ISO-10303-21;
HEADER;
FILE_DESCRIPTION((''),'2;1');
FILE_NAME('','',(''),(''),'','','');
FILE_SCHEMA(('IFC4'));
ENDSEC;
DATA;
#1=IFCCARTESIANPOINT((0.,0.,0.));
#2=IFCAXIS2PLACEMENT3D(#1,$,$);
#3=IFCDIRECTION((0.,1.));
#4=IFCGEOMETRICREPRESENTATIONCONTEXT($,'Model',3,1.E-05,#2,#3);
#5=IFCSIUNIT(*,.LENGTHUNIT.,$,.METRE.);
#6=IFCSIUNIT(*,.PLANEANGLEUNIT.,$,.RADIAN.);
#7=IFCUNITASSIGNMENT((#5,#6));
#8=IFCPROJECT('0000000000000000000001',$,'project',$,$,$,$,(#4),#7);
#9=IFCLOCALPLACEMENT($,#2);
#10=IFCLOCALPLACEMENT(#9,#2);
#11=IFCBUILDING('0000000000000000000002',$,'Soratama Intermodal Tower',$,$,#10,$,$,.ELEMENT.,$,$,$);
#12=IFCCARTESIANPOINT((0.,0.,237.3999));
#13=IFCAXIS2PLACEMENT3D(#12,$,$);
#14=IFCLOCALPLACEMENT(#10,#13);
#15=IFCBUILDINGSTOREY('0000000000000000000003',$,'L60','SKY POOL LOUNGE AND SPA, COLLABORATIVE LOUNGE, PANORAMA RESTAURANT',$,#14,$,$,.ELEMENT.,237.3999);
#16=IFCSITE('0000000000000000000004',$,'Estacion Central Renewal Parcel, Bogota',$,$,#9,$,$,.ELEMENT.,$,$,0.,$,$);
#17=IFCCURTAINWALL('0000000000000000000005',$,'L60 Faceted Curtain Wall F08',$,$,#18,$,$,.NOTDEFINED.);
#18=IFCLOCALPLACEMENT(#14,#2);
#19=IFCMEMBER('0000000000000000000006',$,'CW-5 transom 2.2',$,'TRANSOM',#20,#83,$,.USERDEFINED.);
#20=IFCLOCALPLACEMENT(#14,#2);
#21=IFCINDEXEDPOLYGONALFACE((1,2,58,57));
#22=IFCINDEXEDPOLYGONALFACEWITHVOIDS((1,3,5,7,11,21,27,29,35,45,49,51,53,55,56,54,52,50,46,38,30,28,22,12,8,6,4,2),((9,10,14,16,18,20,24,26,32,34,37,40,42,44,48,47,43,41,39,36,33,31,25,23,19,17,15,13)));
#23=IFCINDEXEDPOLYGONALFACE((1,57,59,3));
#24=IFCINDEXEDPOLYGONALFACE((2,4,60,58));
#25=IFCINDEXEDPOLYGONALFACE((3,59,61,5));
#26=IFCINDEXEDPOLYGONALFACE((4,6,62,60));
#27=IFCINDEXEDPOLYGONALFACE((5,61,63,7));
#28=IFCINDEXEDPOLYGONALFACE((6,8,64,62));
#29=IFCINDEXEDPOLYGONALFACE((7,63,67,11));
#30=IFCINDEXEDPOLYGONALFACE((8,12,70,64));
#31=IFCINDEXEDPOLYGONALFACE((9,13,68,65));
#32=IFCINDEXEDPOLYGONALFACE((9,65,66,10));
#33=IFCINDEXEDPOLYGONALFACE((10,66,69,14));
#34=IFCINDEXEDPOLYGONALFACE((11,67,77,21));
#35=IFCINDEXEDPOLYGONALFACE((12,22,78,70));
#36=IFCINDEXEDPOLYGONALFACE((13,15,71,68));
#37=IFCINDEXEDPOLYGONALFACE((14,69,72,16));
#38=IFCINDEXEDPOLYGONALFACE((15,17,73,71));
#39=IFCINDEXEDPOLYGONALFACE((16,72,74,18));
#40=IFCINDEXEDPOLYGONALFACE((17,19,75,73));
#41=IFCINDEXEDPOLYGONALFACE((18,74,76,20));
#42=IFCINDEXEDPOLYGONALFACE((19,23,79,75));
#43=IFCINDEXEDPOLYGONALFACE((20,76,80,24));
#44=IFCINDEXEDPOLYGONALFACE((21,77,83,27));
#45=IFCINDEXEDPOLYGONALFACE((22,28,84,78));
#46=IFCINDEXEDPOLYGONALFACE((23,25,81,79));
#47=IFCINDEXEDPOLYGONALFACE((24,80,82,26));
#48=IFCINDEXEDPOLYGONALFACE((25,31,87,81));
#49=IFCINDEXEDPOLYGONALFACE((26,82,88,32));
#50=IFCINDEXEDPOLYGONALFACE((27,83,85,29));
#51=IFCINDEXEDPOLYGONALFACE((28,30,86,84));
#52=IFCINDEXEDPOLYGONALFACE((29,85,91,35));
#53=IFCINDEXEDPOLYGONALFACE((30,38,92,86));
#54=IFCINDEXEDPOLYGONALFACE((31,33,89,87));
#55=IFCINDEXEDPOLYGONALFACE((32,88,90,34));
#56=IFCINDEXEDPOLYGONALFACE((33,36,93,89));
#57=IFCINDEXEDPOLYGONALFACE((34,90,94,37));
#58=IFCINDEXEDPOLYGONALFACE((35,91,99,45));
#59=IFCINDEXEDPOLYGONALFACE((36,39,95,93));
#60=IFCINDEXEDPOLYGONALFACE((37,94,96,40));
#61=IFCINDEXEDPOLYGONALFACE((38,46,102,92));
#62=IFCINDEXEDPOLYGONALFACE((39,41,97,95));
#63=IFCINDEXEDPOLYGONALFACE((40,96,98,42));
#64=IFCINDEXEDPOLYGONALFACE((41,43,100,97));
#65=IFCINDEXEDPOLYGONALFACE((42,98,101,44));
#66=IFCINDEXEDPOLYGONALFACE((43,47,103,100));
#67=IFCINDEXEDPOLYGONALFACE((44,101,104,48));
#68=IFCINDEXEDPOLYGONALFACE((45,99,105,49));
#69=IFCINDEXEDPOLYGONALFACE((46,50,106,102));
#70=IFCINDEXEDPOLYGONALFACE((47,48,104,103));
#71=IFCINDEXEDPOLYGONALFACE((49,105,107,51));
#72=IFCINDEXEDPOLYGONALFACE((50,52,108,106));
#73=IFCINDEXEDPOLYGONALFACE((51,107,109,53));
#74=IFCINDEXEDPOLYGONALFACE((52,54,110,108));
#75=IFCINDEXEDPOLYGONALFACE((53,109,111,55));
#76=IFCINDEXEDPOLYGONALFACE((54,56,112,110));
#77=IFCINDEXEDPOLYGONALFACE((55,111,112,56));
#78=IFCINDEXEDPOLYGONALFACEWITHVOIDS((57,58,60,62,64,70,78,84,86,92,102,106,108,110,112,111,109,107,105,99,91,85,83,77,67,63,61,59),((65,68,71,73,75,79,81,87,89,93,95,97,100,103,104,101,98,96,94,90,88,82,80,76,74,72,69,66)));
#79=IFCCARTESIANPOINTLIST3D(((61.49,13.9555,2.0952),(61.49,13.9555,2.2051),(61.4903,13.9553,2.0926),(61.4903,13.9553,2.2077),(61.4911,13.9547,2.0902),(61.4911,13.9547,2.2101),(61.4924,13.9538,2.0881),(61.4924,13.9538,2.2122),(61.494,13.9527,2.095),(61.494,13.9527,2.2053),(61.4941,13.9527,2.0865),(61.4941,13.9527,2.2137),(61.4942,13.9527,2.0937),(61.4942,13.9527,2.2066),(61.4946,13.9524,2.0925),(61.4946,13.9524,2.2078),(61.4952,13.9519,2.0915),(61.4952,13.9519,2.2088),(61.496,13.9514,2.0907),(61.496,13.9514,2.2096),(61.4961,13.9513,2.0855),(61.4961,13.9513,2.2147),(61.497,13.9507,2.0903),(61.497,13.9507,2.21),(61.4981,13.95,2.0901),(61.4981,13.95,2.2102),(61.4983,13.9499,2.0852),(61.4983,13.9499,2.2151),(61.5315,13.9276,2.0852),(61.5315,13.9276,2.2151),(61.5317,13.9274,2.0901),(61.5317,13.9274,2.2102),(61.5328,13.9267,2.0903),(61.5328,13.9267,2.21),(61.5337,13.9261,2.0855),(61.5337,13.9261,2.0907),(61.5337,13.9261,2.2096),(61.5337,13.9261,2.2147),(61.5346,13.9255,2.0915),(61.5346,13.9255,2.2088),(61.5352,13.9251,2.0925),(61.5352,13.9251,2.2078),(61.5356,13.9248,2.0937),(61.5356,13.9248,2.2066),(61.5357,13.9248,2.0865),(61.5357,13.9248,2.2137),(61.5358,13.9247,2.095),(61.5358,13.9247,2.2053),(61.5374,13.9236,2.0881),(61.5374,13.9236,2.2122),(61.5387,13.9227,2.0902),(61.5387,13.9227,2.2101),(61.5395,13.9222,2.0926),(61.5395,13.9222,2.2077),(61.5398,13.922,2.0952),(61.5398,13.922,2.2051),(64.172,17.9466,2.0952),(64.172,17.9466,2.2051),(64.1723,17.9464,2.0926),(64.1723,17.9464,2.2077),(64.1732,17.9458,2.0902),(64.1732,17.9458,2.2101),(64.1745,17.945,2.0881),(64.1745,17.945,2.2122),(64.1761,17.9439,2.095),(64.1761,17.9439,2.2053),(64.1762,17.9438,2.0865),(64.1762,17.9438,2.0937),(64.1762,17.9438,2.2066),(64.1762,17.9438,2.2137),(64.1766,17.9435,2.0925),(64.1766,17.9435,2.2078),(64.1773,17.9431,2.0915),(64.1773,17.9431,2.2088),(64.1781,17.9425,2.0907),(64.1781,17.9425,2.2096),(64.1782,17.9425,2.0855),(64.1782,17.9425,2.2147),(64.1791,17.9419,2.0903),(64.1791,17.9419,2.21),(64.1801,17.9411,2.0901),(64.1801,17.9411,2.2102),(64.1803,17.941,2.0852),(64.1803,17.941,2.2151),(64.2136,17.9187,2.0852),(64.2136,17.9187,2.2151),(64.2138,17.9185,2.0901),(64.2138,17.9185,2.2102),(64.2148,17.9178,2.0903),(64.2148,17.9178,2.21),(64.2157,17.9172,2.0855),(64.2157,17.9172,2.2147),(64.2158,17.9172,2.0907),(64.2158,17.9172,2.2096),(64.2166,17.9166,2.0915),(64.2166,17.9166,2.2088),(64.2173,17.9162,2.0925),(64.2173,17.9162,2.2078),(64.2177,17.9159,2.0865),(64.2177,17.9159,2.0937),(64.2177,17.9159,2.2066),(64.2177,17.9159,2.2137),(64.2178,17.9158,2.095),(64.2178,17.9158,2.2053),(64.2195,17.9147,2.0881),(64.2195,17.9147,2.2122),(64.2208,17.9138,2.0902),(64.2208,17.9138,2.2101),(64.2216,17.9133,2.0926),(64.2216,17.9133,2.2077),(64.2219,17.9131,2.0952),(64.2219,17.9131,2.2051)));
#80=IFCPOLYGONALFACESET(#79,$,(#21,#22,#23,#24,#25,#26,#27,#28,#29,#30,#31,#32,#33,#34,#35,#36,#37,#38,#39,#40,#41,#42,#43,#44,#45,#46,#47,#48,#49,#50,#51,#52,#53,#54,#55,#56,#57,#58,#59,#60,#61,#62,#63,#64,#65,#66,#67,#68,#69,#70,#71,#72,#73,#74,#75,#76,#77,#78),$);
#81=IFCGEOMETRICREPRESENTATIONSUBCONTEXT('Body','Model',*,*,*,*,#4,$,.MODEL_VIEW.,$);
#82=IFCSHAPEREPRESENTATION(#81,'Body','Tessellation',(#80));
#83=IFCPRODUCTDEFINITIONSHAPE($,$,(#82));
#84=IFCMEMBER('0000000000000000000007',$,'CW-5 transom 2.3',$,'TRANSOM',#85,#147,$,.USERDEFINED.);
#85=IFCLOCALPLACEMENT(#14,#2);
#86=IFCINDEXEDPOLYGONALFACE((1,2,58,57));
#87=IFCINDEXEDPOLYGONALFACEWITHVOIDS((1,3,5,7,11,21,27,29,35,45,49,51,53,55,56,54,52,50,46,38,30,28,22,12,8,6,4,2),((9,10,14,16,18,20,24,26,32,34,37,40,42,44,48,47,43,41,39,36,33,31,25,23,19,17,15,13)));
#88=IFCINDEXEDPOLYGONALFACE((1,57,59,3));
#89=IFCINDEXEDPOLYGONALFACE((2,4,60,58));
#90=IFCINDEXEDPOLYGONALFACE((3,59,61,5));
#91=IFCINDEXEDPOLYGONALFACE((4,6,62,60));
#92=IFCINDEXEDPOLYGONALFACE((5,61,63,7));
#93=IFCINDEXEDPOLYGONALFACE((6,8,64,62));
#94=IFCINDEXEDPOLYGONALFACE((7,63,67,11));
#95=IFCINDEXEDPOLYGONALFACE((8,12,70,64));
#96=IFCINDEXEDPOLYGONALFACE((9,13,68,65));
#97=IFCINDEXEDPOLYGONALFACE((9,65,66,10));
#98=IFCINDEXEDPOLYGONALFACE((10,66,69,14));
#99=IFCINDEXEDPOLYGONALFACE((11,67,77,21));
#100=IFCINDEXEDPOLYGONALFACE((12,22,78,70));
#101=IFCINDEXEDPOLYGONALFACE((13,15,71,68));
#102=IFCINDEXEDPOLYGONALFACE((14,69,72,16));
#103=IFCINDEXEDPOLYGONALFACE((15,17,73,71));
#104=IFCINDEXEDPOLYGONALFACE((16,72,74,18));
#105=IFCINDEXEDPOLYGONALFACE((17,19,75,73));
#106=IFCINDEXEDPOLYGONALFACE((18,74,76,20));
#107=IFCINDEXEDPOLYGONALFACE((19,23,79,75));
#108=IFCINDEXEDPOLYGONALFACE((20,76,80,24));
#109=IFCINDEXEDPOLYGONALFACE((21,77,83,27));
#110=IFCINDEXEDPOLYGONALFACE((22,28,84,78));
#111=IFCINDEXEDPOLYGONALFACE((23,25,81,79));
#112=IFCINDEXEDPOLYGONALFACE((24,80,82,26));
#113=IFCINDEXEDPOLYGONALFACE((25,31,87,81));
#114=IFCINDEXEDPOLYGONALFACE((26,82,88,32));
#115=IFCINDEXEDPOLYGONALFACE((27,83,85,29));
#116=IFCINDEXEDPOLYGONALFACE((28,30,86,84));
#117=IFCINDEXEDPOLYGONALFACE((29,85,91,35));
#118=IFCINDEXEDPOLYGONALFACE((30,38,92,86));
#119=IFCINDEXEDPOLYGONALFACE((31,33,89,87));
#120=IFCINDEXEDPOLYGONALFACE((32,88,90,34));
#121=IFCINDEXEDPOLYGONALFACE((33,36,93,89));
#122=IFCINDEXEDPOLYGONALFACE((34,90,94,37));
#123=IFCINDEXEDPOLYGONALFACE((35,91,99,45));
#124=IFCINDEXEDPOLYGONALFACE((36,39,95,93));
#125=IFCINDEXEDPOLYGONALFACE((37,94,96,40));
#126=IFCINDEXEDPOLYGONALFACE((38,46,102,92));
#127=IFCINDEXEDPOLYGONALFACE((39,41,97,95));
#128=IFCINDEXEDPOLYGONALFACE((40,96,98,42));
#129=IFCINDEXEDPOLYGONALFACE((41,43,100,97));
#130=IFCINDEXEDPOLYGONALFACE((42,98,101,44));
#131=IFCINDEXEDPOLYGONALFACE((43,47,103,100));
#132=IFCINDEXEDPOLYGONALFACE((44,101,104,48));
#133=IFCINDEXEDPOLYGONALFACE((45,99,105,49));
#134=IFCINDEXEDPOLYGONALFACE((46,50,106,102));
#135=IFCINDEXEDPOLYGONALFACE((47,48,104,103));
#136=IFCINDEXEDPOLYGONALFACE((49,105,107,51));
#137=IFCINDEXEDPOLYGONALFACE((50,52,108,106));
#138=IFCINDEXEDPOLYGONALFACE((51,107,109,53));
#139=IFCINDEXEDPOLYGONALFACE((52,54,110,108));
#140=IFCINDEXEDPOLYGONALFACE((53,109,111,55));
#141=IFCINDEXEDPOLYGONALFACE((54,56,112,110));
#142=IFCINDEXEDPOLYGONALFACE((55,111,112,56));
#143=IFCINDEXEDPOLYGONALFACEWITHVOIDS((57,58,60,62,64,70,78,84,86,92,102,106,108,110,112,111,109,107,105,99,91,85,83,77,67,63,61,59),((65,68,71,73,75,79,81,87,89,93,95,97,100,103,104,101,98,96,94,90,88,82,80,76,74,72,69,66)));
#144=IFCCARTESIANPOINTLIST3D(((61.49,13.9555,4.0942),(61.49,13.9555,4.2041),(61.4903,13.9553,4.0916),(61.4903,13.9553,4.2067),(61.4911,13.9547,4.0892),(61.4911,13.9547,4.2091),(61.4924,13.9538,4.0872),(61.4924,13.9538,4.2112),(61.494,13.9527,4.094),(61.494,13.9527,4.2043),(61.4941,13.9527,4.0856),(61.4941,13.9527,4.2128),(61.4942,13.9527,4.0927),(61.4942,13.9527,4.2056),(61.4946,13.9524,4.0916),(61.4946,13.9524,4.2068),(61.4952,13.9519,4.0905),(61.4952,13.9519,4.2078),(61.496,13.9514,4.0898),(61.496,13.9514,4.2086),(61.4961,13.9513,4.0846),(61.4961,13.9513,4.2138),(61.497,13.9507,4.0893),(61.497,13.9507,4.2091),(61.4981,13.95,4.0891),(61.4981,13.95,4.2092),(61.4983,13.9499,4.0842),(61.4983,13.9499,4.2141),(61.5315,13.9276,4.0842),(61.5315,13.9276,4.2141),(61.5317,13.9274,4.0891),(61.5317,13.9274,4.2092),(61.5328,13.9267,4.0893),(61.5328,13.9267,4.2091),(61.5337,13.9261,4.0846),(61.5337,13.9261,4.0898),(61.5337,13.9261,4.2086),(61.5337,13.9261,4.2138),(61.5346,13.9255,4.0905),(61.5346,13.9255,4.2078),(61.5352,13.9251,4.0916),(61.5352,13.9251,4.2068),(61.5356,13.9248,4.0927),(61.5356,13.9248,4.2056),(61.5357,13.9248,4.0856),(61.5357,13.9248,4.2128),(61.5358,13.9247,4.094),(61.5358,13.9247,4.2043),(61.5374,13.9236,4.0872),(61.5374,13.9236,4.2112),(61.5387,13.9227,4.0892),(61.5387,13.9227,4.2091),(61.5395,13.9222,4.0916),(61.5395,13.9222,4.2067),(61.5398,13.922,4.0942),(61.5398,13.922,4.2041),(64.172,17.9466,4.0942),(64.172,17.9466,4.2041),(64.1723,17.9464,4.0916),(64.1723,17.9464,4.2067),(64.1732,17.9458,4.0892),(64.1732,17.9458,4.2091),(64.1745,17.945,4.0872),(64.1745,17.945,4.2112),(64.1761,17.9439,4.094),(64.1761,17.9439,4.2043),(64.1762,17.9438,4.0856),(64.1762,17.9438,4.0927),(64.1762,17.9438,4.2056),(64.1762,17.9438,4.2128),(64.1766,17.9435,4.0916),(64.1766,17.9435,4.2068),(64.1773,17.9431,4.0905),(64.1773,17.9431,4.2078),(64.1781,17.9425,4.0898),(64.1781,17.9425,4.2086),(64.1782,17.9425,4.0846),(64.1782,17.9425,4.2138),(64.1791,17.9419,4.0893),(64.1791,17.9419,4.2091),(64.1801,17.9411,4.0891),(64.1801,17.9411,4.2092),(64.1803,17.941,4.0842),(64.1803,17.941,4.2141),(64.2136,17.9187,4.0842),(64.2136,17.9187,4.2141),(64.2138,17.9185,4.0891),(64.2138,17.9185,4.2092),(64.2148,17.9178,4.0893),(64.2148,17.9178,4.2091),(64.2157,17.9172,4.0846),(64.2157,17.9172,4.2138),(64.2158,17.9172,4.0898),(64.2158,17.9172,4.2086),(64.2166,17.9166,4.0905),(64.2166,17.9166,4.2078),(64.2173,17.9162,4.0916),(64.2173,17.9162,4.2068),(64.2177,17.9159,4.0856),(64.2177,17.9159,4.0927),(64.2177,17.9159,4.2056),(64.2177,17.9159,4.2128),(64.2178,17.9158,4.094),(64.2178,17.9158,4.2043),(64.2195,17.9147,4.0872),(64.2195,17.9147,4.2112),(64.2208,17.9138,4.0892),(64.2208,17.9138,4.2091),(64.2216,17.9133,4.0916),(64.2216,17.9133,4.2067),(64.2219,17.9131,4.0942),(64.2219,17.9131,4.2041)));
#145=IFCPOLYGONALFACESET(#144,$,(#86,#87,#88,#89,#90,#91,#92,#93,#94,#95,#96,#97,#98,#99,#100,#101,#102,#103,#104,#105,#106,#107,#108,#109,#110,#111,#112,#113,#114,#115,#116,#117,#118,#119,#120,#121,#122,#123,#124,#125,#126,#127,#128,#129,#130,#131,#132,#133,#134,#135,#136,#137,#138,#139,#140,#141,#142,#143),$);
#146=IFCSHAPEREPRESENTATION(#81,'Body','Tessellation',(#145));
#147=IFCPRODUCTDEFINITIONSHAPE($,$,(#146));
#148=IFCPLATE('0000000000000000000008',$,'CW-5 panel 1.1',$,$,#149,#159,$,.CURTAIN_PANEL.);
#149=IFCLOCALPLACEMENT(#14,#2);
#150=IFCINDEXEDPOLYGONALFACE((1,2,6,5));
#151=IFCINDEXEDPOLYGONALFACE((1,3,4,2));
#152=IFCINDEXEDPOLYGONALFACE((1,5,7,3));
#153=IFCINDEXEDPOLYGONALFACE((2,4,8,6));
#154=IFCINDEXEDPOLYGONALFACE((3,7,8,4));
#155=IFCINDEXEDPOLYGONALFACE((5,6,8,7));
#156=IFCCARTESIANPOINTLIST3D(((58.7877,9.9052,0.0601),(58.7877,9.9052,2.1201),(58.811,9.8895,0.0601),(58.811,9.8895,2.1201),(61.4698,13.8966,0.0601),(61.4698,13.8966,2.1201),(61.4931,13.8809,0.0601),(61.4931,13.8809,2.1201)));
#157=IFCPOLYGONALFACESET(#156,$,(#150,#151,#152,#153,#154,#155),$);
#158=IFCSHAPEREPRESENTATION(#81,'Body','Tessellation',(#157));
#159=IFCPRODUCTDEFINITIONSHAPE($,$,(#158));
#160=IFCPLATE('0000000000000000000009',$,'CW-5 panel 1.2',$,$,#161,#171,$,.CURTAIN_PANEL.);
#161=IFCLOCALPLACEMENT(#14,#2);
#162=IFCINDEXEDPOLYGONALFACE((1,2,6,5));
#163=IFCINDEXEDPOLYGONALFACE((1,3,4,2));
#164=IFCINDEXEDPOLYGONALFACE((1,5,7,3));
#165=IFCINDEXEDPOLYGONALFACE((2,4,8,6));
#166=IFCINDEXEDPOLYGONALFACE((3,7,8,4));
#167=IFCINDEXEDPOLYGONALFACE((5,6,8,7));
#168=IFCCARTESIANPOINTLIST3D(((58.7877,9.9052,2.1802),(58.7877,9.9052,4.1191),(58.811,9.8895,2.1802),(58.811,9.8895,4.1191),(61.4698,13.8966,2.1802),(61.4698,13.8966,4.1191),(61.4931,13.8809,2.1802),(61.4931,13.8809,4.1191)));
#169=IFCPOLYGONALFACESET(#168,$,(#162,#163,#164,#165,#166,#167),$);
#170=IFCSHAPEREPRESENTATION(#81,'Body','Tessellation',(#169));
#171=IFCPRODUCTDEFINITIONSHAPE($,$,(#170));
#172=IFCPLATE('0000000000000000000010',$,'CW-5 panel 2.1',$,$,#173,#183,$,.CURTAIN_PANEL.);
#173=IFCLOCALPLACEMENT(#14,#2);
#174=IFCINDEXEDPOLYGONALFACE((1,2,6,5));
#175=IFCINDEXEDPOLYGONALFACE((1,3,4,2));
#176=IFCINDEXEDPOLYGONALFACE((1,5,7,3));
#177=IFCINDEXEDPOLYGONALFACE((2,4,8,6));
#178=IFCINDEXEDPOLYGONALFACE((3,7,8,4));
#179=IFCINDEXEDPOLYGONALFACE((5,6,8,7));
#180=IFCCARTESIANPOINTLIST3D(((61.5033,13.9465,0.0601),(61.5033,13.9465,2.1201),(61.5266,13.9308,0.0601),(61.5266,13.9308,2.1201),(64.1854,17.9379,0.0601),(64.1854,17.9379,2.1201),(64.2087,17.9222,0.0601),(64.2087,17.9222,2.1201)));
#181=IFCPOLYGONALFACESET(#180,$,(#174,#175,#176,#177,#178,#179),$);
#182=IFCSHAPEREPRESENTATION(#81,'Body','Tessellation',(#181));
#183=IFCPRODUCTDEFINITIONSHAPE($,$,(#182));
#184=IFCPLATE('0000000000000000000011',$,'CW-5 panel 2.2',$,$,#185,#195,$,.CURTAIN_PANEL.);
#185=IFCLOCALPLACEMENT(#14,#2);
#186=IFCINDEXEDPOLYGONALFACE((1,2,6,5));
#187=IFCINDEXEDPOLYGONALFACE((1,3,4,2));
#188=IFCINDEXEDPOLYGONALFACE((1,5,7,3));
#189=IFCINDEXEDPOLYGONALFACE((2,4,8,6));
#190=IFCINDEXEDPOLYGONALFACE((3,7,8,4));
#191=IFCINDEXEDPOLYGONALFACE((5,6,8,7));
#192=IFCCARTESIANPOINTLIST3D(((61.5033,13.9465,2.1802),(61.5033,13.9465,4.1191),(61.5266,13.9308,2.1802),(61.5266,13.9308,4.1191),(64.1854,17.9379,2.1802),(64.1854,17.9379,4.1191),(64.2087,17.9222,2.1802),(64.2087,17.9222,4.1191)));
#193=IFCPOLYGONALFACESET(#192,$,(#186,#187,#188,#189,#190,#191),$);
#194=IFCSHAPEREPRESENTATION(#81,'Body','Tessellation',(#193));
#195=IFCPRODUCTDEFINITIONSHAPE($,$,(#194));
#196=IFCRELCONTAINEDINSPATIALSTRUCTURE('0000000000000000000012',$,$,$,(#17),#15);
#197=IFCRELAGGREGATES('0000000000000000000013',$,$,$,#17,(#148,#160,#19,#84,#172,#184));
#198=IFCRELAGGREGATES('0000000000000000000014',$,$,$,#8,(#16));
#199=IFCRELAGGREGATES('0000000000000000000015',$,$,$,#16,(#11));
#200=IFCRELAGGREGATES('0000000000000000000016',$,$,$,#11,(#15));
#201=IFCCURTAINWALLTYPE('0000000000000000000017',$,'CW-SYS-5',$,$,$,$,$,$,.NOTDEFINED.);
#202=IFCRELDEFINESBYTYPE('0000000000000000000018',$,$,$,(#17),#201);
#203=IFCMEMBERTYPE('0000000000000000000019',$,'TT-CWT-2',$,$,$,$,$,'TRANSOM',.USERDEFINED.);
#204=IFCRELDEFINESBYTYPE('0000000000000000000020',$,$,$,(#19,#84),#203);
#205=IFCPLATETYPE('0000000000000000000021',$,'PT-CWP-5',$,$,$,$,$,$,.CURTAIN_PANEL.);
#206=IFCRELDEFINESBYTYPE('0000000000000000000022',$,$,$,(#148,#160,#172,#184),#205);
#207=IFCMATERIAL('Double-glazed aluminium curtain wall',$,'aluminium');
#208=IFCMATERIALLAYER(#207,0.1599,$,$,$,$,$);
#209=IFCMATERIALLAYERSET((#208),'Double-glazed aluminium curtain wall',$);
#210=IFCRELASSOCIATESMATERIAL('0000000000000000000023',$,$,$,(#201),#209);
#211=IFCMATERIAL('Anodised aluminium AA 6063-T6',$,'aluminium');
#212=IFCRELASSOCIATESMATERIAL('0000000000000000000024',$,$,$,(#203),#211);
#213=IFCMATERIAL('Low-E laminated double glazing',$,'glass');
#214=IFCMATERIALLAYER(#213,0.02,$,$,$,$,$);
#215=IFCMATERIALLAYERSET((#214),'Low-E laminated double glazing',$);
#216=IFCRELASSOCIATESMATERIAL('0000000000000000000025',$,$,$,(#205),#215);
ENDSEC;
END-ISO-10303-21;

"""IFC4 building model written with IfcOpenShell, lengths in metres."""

from ifc_helpers import new_model, si_unit, direction, frame, origin, origin_2d, place, context, subcontext, project, spatial, rectangle, hollow_rectangle, extrude, material, layer, layer_set, material_profile, profile_set, type_object, element, aggregate, save


model = new_model("IFC4")

# Units and contexts
model_context = context("Model", 3, precision=1e-05, world=origin(), true_north=direction((0.0, 1.0)))
body_context = subcontext(model_context, "Body", "Model", "MODEL_VIEW")
ifc_project = project(units=[si_unit("LENGTHUNIT", "METRE"), si_unit("PLANEANGLEUNIT", "RADIAN")], contexts=[model_context])

# Site, building, storey
site_placement = place(None, origin())
site = spatial("IfcSite", under=ifc_project, at=site_placement, Name="Estacion Central Renewal Parcel, Bogota", CompositionType="ELEMENT", RefElevation=0.0)
building_placement = place(site_placement, origin())
building = spatial("IfcBuilding", under=site, at=building_placement, Name="Soratama Intermodal Tower", CompositionType="ELEMENT")
storey_placement = place(building_placement, frame((0.0, 0.0, 237.3999)))
storey = spatial("IfcBuildingStorey", under=building, at=storey_placement, Name="L60", Description="SKY POOL LOUNGE AND SPA, COLLABORATIVE LOUNGE, PANORAMA RESTAURANT", CompositionType="ELEMENT", Elevation=237.3999)

# Curtain wall, members, plates
ifc_material_1 = material(Name="Double-glazed aluminium curtain wall", Category="aluminium")
ifc_layer_1 = layer(ifc_material_1, 0.1599)
ifc_layer_set_1 = layer_set([ifc_layer_1], Name="Double-glazed aluminium curtain wall")
curtain_wall_type = type_object("IfcCurtainWallType", Name="CW-SYS-5", PredefinedType="NOTDEFINED", material=ifc_layer_set_1)
curtain_wall_placement = place(storey_placement, origin())
curtain_wall = element("IfcCurtainWall", 1, at=curtain_wall_placement, inside=storey, type_object=curtain_wall_type, Name="L60 Faceted Curtain Wall F08", PredefinedType="NOTDEFINED")
ifc_material_2 = material(Name="Anodised aluminium AA 6063-T6", Category="aluminium")
ifc_material_profile_1 = material_profile(ifc_material_2, hollow_rectangle(XDim=0.0601, YDim=0.1299, WallThickness=0.0049, InnerFilletRadius=0.0049, OuterFilletRadius=0.01, at=origin_2d()), Name="CWT130X60X5")
ifc_profile_set_1 = profile_set([ifc_material_profile_1], Name="Anodised aluminium AA 6063-T6")
member_type_1 = type_object("IfcMemberType", Name="TT-CWT-2", ElementType="TRANSOM", PredefinedType="USERDEFINED", material=ifc_profile_set_1)
member_1_placement = place(storey_placement, frame((61.5149, 13.9387, 2.1501), z_axis=(0.557766, 0.829998, 0.0), x_axis=(-0.829998, 0.557766, 0.0)))
member_1 = element("IfcMember", 2, at=member_1_placement, type_object=member_type_1, Name="CW-5 transom 2.2", ObjectType="TRANSOM", PredefinedType="USERDEFINED", context=body_context, shape_type="SweptSolid", body=[
    extrude(hollow_rectangle(XDim=0.0601, YDim=0.1299, WallThickness=0.0049, InnerFilletRadius=0.0049, OuterFilletRadius=0.01, at=origin_2d()), origin(), (0.0, 0.0, 1.0), 4.8086),
])
member_2_placement = place(storey_placement, frame((61.5149, 13.9387, 4.1492), z_axis=(0.557766, 0.829998, 0.0), x_axis=(-0.829998, 0.557766, 0.0)))
member_2 = element("IfcMember", 3, at=member_2_placement, type_object=member_type_1, Name="CW-5 transom 2.3", ObjectType="TRANSOM", PredefinedType="USERDEFINED", context=body_context, shape_type="SweptSolid", body=[
    extrude(hollow_rectangle(XDim=0.0601, YDim=0.1299, WallThickness=0.0049, InnerFilletRadius=0.0049, OuterFilletRadius=0.01, at=origin_2d()), origin(), (0.0, 0.0, 1.0), 4.8086),
])
ifc_material_3 = material(Name="Low-E laminated double glazing", Category="glass")
ifc_layer_2 = layer(ifc_material_3, 0.02)
ifc_layer_set_2 = layer_set([ifc_layer_2], Name="Low-E laminated double glazing")
plate_type = type_object("IfcPlateType", Name="PT-CWP-5", PredefinedType="CURTAIN_PANEL", material=ifc_layer_set_2)
plate_1_placement = place(storey_placement, frame((60.1404, 11.8931, 0.0601), z_axis=(0.0, 0.0, 1.0), x_axis=(0.557744, 0.830013, 0.0)))
plate_1 = element("IfcPlate", 4, at=plate_1_placement, type_object=plate_type, Name="CW-5 panel 1.1", PredefinedType="CURTAIN_PANEL", context=body_context, shape_type="SweptSolid", body=[
    extrude(rectangle(XDim=4.8088, YDim=0.0281, at=origin_2d()), origin(), (0.0, 0.0, 1.0), 2.0601),
])
plate_2_placement = place(storey_placement, frame((60.1404, 11.8931, 2.1802), z_axis=(0.0, 0.0, 1.0), x_axis=(0.557744, 0.830013, 0.0)))
plate_2 = element("IfcPlate", 5, at=plate_2_placement, type_object=plate_type, Name="CW-5 panel 1.2", PredefinedType="CURTAIN_PANEL", context=body_context, shape_type="SweptSolid", body=[
    extrude(rectangle(XDim=4.8088, YDim=0.0281, at=origin_2d()), origin(), (0.0, 0.0, 1.0), 1.939),
])
plate_3_placement = place(storey_placement, frame((62.856, 15.9343, 0.0601), z_axis=(0.0, 0.0, 1.0), x_axis=(0.557744, 0.830013, 0.0)))
plate_3 = element("IfcPlate", 6, at=plate_3_placement, type_object=plate_type, Name="CW-5 panel 2.1", PredefinedType="CURTAIN_PANEL", context=body_context, shape_type="SweptSolid", body=[
    extrude(rectangle(XDim=4.8088, YDim=0.0281, at=origin_2d()), origin(), (0.0, 0.0, 1.0), 2.0601),
])
plate_4_placement = place(storey_placement, frame((62.856, 15.9343, 2.1802), z_axis=(0.0, 0.0, 1.0), x_axis=(0.557744, 0.830013, 0.0)))
plate_4 = element("IfcPlate", 7, at=plate_4_placement, type_object=plate_type, Name="CW-5 panel 2.2", PredefinedType="CURTAIN_PANEL", context=body_context, shape_type="SweptSolid", body=[
    extrude(rectangle(XDim=4.8088, YDim=0.0281, at=origin_2d()), origin(), (0.0, 0.0, 1.0), 1.939),
])
aggregate(curtain_wall, [plate_1, plate_2, member_1, member_2, plate_3, plate_4])

save(model, "model.ifc")
